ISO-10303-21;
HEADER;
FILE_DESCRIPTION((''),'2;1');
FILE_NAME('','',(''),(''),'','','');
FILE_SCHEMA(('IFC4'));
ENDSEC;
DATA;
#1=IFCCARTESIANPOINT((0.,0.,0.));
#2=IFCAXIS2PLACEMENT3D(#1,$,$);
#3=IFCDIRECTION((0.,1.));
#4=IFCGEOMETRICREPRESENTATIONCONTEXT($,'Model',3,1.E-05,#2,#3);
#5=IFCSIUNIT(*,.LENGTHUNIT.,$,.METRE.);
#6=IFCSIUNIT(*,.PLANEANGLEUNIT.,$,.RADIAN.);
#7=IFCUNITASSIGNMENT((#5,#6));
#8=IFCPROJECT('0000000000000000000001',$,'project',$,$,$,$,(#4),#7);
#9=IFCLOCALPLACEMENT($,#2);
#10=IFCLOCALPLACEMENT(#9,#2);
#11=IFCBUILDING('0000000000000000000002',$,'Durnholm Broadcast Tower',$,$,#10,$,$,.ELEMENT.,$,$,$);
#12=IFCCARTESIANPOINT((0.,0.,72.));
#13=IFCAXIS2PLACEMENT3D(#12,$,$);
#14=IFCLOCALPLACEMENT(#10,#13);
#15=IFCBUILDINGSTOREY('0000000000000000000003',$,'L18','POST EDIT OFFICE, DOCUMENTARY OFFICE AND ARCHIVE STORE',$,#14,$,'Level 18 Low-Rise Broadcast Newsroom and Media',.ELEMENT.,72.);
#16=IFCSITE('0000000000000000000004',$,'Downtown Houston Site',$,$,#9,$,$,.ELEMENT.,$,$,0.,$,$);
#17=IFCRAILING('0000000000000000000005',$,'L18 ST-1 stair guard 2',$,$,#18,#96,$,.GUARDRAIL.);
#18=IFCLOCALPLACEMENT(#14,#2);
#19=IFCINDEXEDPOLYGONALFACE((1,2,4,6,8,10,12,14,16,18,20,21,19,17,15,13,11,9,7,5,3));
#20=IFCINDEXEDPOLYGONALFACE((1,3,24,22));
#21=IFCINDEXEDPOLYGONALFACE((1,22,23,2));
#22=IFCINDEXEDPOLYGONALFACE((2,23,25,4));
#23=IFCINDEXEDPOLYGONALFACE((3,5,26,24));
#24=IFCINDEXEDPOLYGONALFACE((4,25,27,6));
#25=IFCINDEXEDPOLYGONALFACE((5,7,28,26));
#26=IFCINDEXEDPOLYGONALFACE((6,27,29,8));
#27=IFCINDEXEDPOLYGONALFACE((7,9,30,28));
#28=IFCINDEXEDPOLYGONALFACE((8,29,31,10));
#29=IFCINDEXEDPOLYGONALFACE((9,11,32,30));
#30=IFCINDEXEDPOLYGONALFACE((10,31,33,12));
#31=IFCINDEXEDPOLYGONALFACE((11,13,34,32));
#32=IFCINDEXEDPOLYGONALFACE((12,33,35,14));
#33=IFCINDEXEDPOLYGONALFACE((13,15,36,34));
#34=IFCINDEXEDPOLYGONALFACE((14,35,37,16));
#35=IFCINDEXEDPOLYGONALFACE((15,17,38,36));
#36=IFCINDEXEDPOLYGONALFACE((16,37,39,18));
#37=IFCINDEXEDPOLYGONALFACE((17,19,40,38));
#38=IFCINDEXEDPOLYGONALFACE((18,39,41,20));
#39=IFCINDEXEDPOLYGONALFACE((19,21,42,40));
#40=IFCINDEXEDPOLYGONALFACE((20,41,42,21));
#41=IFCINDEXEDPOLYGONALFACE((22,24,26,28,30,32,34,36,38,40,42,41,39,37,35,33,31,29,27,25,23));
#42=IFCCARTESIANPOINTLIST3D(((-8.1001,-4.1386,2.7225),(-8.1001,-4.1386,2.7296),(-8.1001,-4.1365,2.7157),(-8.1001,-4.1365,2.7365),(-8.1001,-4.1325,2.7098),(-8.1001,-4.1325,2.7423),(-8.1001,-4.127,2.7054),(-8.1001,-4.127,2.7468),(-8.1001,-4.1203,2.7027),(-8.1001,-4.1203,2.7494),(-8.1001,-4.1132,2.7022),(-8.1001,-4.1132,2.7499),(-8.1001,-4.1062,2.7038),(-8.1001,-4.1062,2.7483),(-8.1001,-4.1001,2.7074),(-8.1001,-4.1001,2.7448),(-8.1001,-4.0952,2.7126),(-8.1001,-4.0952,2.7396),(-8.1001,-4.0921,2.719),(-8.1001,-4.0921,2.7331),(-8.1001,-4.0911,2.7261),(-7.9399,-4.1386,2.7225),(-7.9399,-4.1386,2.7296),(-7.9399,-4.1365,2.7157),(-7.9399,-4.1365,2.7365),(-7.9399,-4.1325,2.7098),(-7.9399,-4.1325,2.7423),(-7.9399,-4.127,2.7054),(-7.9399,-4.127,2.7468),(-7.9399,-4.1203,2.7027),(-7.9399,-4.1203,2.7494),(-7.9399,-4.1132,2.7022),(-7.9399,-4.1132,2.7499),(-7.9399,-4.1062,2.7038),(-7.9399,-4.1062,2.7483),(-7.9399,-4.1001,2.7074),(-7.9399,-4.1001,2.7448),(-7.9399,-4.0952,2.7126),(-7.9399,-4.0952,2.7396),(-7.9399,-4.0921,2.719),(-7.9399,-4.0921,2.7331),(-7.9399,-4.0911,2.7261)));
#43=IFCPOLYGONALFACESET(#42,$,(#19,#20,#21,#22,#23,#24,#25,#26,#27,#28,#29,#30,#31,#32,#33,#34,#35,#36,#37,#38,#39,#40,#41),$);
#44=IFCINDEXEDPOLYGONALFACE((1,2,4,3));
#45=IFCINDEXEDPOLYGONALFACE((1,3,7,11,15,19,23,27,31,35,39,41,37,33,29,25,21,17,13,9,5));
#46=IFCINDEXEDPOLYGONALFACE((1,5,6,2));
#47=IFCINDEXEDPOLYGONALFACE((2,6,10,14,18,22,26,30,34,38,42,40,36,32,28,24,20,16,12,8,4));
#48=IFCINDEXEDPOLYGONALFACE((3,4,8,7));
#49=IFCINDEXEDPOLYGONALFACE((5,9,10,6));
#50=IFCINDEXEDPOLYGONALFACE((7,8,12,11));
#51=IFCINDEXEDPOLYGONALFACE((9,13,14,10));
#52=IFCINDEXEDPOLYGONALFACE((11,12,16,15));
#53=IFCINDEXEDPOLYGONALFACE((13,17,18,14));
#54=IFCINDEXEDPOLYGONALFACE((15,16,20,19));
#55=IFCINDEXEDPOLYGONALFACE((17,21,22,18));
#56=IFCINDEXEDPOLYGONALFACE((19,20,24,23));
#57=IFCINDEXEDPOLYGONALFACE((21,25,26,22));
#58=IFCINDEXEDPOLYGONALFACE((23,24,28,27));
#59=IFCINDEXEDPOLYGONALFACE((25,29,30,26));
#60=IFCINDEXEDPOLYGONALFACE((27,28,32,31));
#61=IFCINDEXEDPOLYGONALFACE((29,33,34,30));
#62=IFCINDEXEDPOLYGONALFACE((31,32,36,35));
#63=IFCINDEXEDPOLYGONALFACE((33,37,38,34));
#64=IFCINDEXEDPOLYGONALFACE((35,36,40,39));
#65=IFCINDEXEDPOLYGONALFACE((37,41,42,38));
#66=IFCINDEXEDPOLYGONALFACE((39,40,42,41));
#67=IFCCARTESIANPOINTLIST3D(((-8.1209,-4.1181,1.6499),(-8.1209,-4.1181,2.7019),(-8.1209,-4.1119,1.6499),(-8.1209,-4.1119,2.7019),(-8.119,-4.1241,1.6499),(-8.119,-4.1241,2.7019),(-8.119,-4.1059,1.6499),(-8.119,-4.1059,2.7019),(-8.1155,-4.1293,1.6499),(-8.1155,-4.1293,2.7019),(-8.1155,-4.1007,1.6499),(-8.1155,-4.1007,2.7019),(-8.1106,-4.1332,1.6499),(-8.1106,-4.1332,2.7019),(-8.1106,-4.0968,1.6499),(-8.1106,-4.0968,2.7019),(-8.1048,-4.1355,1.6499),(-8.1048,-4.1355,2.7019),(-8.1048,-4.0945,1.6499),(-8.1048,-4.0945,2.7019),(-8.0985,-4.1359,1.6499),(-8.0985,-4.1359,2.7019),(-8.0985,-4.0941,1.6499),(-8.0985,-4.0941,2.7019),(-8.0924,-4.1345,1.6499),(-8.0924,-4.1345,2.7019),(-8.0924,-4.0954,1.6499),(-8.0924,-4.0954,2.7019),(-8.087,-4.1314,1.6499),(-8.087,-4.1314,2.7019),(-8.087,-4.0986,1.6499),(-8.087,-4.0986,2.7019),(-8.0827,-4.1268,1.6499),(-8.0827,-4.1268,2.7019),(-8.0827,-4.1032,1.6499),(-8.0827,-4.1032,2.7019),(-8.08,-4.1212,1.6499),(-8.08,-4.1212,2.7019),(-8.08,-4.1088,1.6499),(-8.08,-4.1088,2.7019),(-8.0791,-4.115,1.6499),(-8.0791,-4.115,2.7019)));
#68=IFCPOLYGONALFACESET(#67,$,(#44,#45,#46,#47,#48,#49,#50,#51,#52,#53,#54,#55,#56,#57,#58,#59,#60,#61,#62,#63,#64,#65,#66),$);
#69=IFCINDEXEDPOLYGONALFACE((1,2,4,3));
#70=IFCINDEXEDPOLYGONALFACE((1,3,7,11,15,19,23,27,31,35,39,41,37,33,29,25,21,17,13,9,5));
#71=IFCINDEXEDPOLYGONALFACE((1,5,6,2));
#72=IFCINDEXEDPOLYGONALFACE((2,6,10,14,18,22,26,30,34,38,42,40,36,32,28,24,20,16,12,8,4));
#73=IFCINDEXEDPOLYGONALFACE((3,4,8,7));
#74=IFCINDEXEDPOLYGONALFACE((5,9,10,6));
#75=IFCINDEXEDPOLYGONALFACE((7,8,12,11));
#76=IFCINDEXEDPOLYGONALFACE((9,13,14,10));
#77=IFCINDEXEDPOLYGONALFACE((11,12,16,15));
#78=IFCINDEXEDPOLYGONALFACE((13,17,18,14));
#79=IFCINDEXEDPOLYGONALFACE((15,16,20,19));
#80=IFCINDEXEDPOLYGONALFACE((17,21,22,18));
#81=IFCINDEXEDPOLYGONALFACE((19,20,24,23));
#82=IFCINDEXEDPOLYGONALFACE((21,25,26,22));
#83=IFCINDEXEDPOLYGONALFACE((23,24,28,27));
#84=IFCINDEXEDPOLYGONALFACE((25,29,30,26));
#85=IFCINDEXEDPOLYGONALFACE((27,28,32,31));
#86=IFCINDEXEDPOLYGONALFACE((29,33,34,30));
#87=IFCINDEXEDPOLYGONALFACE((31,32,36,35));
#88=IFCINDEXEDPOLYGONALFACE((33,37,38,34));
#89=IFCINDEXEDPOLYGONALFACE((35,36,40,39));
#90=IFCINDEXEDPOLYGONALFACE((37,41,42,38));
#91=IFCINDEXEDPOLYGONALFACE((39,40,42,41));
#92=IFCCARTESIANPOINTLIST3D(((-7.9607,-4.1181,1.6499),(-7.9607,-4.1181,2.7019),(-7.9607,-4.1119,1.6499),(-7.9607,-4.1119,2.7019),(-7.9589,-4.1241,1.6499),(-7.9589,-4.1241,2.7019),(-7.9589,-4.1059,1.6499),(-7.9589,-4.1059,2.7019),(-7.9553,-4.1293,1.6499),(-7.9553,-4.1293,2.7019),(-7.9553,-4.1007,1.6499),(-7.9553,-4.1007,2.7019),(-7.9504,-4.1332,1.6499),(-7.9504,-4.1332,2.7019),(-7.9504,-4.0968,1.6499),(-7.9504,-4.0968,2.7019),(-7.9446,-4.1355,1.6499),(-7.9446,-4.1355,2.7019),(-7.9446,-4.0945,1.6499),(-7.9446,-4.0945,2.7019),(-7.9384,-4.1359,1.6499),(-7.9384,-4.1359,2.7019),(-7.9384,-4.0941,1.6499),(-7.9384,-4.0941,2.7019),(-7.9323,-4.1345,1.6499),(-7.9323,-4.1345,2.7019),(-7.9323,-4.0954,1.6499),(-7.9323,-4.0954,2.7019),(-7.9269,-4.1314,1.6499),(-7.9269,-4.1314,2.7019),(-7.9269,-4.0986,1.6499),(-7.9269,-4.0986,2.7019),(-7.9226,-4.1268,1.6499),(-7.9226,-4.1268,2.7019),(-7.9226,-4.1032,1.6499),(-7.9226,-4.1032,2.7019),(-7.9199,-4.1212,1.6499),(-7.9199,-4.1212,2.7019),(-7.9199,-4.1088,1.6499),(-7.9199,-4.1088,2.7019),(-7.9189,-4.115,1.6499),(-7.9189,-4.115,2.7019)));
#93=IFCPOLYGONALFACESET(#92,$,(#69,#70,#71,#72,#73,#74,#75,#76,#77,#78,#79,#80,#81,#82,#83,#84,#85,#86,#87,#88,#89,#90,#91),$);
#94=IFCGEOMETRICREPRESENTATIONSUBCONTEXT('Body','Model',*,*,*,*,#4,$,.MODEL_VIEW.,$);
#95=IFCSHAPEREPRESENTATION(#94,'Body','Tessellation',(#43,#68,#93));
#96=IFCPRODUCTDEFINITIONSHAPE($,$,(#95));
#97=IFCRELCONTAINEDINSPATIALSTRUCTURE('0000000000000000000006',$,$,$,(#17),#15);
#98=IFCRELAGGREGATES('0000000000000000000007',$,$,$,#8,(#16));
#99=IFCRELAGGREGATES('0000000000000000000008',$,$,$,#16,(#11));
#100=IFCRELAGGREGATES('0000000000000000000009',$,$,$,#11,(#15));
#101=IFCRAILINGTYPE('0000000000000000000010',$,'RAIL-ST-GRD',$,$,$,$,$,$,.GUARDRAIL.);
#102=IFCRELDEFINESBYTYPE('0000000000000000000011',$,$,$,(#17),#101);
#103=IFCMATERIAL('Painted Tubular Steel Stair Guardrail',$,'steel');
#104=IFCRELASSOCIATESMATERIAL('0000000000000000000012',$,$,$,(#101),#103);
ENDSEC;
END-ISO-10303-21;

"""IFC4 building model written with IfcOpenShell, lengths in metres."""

from ifc_helpers import new_model, si_unit, direction, frame, origin, origin_2d, place, context, subcontext, project, spatial, circle, extrude, material, type_object, element, save


model = new_model("IFC4")

# Units and contexts
model_context = context("Model", 3, precision=1e-05, world=origin(), true_north=direction((0.0, 1.0)))
body_context = subcontext(model_context, "Body", "Model", "MODEL_VIEW")
ifc_project = project(units=[si_unit("LENGTHUNIT", "METRE"), si_unit("PLANEANGLEUNIT", "RADIAN")], contexts=[model_context])

# Site, building, storey
site_placement = place(None, origin())
site = spatial("IfcSite", under=ifc_project, at=site_placement, Name="Downtown Houston Site", CompositionType="ELEMENT", RefElevation=0.0)
building_placement = place(site_placement, origin())
building = spatial("IfcBuilding", under=site, at=building_placement, Name="Durnholm Broadcast Tower", CompositionType="ELEMENT")
storey_placement = place(building_placement, frame((0.0, 0.0, 72.0)))
storey = spatial("IfcBuildingStorey", under=building, at=storey_placement, Name="L18", Description="POST EDIT OFFICE, DOCUMENTARY OFFICE AND ARCHIVE STORE", LongName="Level 18 Low-Rise Broadcast Newsroom and Media", CompositionType="ELEMENT", Elevation=72.0)

# Railing
ifc_material_1 = material(Name="Painted Tubular Steel Stair Guardrail", Category="steel")
railing_type_1 = type_object("IfcRailingType", Name="RAIL-ST-GRD", PredefinedType="GUARDRAIL", material=ifc_material_1)
railing_1_placement = place(storey_placement, frame((-8.1001, -4.115, 1.6499)))
element("IfcRailing", 1, at=railing_1_placement, inside=storey, type_object=railing_type_1, Name="L18 ST-1 stair guard 2", PredefinedType="GUARDRAIL", context=body_context, shape_type="SweptSolid", body=[
    extrude(circle(Radius=0.0239, at=origin_2d()), frame((0.0, 0.0, 1.0762), z_axis=(1.0, 0.0, 0.0), x_axis=(0.0, 1.0, 0.0)), (0.0, 0.0, 1.0), 0.1602),
    extrude(circle(Radius=0.021, at=origin_2d()), origin(), (0.0, 0.0, 1.0), 1.052),
    extrude(circle(Radius=0.021, at=origin_2d()), frame((0.1602, 0.0, 0.0)), (0.0, 0.0, 1.0), 1.052),
])

save(model, "model.ifc")
